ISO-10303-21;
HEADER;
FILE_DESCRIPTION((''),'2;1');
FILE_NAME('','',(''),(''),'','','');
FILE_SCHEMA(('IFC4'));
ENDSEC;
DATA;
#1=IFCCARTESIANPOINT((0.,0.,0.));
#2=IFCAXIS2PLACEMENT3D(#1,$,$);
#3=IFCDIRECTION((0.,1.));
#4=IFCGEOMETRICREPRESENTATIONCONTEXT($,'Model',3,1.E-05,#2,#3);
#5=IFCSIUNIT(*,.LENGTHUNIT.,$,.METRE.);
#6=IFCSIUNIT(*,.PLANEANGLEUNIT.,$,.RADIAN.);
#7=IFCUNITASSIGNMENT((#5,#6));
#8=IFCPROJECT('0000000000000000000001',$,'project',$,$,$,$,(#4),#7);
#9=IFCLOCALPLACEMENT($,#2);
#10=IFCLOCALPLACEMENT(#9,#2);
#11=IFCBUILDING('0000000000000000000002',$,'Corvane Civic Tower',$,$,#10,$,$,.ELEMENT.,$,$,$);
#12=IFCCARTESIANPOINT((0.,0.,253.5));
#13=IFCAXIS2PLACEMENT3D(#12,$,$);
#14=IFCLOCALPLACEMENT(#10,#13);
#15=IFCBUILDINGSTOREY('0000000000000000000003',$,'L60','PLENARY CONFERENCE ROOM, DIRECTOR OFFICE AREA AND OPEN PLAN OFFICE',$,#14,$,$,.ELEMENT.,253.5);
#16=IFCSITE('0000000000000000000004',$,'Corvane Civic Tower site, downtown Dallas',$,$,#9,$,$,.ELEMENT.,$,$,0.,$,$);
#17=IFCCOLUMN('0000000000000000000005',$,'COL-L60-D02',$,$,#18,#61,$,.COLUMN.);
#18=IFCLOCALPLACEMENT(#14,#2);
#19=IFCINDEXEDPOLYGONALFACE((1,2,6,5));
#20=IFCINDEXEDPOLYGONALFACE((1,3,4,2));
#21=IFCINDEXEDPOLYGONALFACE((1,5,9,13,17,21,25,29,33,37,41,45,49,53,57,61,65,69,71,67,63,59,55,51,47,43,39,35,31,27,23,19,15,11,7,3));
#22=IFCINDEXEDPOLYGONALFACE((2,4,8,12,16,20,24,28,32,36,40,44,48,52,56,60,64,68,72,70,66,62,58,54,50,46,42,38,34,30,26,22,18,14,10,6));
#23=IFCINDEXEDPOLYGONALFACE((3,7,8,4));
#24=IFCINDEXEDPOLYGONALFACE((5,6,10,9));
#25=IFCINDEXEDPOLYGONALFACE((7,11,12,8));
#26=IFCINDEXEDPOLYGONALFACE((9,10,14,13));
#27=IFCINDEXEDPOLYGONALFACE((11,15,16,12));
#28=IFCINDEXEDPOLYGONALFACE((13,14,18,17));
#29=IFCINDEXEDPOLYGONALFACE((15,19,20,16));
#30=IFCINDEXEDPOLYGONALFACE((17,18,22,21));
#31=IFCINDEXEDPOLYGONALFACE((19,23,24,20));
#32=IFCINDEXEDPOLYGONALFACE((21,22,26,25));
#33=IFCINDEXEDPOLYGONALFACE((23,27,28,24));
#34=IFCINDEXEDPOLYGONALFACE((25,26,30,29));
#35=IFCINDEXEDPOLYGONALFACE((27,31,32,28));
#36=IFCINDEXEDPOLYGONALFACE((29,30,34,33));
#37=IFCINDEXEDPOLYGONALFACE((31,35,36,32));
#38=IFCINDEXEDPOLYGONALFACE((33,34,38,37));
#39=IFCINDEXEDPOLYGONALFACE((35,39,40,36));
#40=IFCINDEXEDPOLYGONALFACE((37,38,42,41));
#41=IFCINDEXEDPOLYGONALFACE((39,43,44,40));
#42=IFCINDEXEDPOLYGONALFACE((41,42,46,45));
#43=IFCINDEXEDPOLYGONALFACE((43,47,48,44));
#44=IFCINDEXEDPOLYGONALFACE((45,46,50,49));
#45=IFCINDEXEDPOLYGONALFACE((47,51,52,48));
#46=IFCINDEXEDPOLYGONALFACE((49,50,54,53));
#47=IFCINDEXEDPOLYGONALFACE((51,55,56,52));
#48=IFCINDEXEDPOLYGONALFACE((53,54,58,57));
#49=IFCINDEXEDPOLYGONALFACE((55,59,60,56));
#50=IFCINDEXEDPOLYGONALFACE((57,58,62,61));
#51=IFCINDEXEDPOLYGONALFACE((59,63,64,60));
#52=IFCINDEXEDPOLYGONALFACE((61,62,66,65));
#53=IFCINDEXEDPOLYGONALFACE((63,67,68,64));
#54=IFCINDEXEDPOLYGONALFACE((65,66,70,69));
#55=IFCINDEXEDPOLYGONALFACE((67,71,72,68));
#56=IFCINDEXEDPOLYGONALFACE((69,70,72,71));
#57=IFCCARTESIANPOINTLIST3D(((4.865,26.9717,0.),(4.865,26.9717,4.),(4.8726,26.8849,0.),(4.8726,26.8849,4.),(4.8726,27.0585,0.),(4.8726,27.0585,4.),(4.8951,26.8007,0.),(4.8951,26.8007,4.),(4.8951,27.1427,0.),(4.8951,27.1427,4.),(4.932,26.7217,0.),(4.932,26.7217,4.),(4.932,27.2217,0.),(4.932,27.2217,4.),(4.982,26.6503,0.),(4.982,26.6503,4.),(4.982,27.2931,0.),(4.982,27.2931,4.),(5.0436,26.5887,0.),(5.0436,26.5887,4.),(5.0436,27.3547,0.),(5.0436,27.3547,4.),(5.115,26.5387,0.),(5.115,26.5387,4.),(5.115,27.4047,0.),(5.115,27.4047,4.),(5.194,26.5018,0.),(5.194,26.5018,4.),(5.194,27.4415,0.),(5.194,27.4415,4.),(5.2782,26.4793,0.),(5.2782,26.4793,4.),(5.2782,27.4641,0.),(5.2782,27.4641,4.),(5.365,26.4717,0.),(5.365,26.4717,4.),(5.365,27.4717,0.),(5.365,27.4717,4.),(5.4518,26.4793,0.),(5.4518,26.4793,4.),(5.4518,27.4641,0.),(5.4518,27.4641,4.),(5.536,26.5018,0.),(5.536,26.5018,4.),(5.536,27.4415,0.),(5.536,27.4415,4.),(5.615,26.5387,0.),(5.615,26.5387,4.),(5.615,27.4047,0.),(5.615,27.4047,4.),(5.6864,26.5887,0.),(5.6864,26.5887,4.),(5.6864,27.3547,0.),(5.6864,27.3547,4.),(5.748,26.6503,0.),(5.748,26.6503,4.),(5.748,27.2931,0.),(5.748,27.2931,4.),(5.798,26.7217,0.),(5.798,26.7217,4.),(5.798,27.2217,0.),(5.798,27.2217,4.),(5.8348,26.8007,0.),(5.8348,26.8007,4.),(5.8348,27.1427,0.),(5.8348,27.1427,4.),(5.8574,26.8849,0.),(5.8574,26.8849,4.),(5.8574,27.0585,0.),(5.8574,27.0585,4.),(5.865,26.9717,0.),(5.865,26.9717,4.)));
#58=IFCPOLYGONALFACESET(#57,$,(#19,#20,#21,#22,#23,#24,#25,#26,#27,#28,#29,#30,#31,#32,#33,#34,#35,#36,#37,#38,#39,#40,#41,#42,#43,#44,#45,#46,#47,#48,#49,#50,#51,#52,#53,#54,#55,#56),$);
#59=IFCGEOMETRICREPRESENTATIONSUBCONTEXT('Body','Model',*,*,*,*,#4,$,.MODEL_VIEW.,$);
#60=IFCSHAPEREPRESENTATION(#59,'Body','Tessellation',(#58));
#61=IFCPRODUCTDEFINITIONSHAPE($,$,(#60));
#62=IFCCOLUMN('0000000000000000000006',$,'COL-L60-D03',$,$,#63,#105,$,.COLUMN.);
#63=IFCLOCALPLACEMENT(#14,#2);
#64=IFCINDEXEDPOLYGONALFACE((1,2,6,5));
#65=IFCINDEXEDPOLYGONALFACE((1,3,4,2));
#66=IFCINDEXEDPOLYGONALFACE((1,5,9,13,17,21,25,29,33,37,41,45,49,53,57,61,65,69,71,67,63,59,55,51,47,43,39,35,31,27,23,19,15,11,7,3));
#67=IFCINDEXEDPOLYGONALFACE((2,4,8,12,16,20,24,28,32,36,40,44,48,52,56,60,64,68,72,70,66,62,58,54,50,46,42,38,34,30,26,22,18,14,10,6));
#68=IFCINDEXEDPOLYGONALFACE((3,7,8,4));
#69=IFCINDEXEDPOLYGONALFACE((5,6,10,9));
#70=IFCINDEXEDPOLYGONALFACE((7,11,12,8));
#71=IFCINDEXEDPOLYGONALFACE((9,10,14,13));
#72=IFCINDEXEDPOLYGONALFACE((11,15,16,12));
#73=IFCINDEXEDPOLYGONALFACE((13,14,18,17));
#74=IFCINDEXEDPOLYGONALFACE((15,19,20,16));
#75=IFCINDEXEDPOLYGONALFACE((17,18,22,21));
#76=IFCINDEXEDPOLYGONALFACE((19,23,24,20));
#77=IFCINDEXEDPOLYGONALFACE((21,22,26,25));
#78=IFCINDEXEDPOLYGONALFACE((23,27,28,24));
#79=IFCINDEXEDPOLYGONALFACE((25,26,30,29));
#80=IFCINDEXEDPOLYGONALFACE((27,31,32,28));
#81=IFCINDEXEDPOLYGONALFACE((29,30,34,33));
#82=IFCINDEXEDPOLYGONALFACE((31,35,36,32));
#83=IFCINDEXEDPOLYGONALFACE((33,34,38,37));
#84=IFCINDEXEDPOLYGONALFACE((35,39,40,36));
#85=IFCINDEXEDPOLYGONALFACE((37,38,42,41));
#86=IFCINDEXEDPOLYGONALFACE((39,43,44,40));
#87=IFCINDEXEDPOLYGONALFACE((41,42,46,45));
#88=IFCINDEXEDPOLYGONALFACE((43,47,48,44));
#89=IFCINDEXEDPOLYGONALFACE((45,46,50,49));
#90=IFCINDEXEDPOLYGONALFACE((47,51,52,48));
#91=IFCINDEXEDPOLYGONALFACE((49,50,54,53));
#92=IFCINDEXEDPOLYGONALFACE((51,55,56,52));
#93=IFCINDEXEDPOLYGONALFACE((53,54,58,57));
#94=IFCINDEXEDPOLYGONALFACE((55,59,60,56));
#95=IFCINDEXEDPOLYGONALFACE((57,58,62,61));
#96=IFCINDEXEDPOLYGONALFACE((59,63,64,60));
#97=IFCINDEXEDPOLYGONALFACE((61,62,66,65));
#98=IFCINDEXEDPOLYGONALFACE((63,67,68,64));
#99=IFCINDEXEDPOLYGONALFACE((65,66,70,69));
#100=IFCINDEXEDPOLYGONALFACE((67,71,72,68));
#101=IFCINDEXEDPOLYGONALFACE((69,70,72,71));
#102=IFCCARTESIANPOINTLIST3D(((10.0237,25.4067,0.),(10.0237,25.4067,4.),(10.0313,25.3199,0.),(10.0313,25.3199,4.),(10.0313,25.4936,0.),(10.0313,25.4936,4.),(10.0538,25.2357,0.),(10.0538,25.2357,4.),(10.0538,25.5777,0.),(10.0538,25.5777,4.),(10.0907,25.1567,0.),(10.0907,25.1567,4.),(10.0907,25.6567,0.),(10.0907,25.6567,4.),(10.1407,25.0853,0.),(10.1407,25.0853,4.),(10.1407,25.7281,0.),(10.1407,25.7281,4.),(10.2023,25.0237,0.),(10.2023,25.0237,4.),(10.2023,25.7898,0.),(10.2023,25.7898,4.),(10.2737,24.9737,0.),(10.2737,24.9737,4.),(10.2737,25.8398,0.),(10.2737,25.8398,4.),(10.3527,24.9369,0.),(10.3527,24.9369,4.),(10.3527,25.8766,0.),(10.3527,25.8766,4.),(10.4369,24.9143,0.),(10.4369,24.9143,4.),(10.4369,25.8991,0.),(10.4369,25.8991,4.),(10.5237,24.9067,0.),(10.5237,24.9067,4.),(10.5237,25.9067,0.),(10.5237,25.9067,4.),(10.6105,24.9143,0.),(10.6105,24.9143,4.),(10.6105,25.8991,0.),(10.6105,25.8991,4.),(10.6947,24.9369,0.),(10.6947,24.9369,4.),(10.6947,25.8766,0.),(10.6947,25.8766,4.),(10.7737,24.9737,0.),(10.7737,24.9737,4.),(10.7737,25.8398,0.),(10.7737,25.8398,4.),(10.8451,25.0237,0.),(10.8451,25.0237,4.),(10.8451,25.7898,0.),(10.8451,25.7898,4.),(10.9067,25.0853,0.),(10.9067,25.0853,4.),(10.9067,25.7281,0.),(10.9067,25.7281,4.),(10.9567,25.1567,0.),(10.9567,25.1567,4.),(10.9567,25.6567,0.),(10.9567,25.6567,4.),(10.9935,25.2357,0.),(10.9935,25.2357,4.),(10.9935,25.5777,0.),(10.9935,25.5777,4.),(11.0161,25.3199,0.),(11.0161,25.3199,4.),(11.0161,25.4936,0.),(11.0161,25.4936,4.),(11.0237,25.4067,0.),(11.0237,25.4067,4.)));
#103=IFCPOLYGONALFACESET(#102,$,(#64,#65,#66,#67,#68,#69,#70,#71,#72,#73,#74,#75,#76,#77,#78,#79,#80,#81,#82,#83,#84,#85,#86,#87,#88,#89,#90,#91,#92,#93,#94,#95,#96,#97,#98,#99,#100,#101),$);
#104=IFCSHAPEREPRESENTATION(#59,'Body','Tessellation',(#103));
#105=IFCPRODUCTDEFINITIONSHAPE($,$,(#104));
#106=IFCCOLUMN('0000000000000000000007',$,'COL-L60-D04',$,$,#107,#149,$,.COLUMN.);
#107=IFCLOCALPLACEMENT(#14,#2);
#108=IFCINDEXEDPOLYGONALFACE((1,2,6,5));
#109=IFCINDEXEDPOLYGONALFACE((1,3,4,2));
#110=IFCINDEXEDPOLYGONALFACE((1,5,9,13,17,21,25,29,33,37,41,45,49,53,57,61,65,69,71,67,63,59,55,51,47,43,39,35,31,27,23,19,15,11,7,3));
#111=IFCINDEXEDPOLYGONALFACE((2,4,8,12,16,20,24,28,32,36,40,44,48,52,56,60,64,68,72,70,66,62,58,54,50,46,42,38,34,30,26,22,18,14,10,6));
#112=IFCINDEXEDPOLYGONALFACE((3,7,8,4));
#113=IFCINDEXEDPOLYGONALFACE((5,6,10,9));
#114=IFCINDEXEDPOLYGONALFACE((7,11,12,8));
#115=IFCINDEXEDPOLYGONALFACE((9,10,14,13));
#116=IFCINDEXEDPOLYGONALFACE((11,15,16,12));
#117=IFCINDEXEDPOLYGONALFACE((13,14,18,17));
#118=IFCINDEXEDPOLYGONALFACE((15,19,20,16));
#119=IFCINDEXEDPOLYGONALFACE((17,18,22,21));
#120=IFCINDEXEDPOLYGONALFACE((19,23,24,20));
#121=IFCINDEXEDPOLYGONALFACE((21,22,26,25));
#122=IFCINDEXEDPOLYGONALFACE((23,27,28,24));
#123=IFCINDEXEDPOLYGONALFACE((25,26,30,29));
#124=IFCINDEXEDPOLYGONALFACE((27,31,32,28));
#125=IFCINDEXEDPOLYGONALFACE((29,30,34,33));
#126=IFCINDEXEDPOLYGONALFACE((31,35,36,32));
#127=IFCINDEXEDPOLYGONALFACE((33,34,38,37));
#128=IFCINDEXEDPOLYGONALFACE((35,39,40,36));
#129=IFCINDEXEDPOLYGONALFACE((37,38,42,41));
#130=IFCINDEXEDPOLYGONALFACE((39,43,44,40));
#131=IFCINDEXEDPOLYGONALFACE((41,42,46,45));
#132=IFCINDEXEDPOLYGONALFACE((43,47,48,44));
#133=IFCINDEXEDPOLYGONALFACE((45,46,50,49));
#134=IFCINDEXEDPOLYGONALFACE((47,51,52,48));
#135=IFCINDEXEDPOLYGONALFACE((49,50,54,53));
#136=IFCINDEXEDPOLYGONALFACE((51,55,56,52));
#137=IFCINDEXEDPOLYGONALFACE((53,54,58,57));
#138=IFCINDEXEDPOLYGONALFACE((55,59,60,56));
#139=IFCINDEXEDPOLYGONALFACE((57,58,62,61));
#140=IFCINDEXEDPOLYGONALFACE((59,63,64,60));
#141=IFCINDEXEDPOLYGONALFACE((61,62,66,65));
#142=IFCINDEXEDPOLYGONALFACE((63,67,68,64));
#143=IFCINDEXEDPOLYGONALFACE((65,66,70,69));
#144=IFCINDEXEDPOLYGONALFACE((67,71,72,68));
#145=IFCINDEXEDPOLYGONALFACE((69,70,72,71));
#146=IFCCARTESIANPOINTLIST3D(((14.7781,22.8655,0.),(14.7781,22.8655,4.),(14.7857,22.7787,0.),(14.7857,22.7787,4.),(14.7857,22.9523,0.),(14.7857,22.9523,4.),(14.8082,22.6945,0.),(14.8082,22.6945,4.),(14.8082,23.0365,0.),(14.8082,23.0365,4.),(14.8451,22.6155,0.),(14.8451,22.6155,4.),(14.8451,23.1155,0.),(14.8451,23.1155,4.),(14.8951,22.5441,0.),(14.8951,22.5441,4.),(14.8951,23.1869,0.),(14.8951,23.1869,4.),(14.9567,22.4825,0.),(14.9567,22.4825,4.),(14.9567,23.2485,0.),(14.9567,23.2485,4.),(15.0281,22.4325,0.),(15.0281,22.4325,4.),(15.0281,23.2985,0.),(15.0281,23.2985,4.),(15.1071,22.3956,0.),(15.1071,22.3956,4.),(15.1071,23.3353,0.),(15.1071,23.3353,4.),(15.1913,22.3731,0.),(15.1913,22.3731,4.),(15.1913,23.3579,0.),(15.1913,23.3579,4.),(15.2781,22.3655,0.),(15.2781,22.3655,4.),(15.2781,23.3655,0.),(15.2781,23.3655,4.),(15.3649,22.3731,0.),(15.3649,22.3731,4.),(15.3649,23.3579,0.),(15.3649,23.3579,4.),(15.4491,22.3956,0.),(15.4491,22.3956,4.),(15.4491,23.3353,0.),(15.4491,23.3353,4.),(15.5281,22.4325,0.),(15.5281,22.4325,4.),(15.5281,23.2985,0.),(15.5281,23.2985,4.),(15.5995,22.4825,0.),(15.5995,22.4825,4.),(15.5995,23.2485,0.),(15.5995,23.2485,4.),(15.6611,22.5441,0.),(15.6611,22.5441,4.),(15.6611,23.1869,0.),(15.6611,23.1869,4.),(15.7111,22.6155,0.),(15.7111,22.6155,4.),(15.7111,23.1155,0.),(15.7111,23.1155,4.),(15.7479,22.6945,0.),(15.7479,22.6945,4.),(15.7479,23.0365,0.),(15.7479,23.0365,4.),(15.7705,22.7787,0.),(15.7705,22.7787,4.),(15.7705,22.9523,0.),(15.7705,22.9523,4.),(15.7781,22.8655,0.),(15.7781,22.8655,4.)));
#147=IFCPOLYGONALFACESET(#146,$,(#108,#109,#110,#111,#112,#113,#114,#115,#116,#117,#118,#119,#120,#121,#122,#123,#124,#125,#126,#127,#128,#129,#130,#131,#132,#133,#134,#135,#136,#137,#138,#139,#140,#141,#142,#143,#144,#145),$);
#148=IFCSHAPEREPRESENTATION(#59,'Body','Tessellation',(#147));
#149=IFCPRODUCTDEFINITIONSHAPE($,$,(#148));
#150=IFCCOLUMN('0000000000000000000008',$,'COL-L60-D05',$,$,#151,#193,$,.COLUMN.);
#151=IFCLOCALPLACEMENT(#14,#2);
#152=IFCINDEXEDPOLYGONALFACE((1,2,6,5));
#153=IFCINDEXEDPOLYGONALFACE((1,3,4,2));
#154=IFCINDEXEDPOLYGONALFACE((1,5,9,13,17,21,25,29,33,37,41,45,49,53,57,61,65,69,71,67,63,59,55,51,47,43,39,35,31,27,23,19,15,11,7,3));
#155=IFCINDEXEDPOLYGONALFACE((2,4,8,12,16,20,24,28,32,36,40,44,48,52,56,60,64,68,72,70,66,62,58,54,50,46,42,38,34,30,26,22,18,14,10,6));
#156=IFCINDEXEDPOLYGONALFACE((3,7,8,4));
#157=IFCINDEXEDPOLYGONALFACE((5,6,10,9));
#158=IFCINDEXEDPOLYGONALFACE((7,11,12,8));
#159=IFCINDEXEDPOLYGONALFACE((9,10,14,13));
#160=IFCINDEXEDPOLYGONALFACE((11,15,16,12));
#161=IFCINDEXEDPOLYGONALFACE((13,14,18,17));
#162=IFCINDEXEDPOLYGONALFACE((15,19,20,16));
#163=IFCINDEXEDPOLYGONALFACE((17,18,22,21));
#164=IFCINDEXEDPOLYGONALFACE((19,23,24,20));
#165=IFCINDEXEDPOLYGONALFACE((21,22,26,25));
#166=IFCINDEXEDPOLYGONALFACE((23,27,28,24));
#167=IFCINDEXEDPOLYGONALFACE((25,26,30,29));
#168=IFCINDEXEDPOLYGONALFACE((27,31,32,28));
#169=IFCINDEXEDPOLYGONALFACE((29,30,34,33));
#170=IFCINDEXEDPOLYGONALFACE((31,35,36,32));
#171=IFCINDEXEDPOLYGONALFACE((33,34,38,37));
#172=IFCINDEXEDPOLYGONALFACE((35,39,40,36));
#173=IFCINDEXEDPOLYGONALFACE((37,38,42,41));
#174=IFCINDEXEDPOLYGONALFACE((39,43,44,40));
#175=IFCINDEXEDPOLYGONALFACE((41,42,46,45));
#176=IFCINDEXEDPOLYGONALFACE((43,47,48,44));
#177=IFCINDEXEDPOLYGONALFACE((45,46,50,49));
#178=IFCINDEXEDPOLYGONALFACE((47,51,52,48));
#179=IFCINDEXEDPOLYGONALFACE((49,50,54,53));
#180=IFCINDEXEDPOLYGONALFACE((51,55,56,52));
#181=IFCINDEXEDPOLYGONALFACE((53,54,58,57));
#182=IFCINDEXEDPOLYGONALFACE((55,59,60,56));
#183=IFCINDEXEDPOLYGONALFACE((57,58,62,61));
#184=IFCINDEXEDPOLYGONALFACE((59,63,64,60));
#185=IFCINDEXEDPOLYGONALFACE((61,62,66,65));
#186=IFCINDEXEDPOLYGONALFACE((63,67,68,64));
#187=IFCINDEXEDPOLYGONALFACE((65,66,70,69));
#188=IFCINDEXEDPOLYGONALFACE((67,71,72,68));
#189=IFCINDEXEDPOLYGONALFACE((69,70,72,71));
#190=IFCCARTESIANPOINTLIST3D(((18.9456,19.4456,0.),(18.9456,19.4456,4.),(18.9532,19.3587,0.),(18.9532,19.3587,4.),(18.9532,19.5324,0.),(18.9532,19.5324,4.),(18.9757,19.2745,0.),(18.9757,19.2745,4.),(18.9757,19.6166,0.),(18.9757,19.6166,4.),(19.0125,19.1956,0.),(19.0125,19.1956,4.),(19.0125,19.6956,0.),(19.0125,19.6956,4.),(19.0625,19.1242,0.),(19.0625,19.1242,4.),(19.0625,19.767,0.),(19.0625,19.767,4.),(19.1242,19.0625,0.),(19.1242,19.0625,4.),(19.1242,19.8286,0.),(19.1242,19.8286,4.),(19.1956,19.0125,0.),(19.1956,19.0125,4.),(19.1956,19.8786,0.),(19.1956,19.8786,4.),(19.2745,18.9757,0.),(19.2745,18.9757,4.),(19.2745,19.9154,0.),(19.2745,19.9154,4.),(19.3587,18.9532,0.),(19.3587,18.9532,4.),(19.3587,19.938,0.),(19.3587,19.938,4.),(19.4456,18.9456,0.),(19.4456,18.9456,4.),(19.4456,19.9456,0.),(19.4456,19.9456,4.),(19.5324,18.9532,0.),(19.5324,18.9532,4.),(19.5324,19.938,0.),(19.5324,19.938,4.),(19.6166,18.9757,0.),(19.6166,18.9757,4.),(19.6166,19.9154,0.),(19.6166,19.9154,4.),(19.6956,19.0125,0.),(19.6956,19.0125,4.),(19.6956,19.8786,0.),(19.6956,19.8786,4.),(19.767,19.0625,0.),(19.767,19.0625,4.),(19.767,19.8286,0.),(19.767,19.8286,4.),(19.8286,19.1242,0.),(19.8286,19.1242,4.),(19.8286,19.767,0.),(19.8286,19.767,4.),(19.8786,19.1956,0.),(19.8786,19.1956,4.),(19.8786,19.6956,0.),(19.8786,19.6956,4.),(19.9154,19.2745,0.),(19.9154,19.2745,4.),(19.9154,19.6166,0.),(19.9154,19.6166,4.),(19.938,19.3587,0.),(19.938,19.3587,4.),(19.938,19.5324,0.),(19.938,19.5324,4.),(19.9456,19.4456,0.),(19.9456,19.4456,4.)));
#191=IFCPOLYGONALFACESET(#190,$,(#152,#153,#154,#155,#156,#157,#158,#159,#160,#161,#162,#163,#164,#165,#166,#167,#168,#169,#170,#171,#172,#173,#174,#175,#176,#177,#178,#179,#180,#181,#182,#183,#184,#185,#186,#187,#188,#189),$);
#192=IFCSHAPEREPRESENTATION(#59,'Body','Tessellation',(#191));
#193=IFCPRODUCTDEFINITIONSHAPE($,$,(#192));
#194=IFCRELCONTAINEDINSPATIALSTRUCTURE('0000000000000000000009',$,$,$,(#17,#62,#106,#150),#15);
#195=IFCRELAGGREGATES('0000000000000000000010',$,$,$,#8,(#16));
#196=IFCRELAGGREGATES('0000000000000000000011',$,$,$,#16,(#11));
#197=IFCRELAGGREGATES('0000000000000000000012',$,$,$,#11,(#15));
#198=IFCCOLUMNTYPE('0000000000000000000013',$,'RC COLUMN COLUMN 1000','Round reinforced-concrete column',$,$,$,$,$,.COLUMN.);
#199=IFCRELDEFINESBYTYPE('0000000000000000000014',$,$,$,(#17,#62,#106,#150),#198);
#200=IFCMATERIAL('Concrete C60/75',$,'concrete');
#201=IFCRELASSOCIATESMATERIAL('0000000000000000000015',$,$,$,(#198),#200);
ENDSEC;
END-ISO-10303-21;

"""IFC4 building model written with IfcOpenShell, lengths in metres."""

from ifc_helpers import new_model, si_unit, direction, frame, origin, origin_2d, place, context, subcontext, project, spatial, circle, extrude, material, material_profile, profile_set, type_object, element, save


model = new_model("IFC4")

# Units and contexts
model_context = context("Model", 3, precision=1e-05, world=origin(), true_north=direction((0.0, 1.0)))
body_context = subcontext(model_context, "Body", "Model", "MODEL_VIEW")
ifc_project = project(units=[si_unit("LENGTHUNIT", "METRE"), si_unit("PLANEANGLEUNIT", "RADIAN")], contexts=[model_context])

# Site, building, storey
site_placement = place(None, origin())
site = spatial("IfcSite", under=ifc_project, at=site_placement, Name="Corvane Civic Tower site, downtown Dallas", CompositionType="ELEMENT", RefElevation=0.0)
building_placement = place(site_placement, origin())
building = spatial("IfcBuilding", under=site, at=building_placement, Name="Corvane Civic Tower", CompositionType="ELEMENT")
storey_placement = place(building_placement, frame((0.0, 0.0, 253.5)))
storey = spatial("IfcBuildingStorey", under=building, at=storey_placement, Name="L60", Description="PLENARY CONFERENCE ROOM, DIRECTOR OFFICE AREA AND OPEN PLAN OFFICE", CompositionType="ELEMENT", Elevation=253.5)

# Columns
ifc_material_1 = material(Name="Concrete C60/75", Category="concrete")
ifc_material_profile_1 = material_profile(ifc_material_1, circle(Radius=0.5, at=origin_2d()), Name="COLUMN 1000")
ifc_profile_set_1 = profile_set([ifc_material_profile_1], Name="Concrete C60/75")
column_type = type_object("IfcColumnType", Name="RC COLUMN COLUMN 1000", Description="Round reinforced-concrete column", PredefinedType="COLUMN", material=ifc_profile_set_1)
for number, where, z_axis, x_axis, name in (
    (1, (5.365, 26.9717, 0.0), (0.0, 0.0, 1.0), (1.0, 0.0, 0.0), "COL-L60-D02"),
    (2, (10.5237, 25.4067, 0.0), (0.0, 0.0, 1.0), (1.0, 0.0, 0.0), "COL-L60-D03"),
    (3, (15.2781, 22.8655, 0.0), (0.0, 0.0, 1.0), (1.0, 0.0, 0.0), "COL-L60-D04"),
    (4, (19.4456, 19.4456, 0.0), (0.0, 0.0, 1.0), (1.0, 0.0, 0.0), "COL-L60-D05"),
):
    element("IfcColumn", number, at=place(storey_placement, frame(where, z_axis=z_axis, x_axis=x_axis)), inside=storey, type_object=column_type, Name=name, PredefinedType="COLUMN", context=body_context, shape_type="SweptSolid", body=[
        extrude(circle(Radius=0.5, at=origin_2d()), origin(), (0.0, 0.0, 1.0), 4.0),
    ])

save(model, "model.ifc")
